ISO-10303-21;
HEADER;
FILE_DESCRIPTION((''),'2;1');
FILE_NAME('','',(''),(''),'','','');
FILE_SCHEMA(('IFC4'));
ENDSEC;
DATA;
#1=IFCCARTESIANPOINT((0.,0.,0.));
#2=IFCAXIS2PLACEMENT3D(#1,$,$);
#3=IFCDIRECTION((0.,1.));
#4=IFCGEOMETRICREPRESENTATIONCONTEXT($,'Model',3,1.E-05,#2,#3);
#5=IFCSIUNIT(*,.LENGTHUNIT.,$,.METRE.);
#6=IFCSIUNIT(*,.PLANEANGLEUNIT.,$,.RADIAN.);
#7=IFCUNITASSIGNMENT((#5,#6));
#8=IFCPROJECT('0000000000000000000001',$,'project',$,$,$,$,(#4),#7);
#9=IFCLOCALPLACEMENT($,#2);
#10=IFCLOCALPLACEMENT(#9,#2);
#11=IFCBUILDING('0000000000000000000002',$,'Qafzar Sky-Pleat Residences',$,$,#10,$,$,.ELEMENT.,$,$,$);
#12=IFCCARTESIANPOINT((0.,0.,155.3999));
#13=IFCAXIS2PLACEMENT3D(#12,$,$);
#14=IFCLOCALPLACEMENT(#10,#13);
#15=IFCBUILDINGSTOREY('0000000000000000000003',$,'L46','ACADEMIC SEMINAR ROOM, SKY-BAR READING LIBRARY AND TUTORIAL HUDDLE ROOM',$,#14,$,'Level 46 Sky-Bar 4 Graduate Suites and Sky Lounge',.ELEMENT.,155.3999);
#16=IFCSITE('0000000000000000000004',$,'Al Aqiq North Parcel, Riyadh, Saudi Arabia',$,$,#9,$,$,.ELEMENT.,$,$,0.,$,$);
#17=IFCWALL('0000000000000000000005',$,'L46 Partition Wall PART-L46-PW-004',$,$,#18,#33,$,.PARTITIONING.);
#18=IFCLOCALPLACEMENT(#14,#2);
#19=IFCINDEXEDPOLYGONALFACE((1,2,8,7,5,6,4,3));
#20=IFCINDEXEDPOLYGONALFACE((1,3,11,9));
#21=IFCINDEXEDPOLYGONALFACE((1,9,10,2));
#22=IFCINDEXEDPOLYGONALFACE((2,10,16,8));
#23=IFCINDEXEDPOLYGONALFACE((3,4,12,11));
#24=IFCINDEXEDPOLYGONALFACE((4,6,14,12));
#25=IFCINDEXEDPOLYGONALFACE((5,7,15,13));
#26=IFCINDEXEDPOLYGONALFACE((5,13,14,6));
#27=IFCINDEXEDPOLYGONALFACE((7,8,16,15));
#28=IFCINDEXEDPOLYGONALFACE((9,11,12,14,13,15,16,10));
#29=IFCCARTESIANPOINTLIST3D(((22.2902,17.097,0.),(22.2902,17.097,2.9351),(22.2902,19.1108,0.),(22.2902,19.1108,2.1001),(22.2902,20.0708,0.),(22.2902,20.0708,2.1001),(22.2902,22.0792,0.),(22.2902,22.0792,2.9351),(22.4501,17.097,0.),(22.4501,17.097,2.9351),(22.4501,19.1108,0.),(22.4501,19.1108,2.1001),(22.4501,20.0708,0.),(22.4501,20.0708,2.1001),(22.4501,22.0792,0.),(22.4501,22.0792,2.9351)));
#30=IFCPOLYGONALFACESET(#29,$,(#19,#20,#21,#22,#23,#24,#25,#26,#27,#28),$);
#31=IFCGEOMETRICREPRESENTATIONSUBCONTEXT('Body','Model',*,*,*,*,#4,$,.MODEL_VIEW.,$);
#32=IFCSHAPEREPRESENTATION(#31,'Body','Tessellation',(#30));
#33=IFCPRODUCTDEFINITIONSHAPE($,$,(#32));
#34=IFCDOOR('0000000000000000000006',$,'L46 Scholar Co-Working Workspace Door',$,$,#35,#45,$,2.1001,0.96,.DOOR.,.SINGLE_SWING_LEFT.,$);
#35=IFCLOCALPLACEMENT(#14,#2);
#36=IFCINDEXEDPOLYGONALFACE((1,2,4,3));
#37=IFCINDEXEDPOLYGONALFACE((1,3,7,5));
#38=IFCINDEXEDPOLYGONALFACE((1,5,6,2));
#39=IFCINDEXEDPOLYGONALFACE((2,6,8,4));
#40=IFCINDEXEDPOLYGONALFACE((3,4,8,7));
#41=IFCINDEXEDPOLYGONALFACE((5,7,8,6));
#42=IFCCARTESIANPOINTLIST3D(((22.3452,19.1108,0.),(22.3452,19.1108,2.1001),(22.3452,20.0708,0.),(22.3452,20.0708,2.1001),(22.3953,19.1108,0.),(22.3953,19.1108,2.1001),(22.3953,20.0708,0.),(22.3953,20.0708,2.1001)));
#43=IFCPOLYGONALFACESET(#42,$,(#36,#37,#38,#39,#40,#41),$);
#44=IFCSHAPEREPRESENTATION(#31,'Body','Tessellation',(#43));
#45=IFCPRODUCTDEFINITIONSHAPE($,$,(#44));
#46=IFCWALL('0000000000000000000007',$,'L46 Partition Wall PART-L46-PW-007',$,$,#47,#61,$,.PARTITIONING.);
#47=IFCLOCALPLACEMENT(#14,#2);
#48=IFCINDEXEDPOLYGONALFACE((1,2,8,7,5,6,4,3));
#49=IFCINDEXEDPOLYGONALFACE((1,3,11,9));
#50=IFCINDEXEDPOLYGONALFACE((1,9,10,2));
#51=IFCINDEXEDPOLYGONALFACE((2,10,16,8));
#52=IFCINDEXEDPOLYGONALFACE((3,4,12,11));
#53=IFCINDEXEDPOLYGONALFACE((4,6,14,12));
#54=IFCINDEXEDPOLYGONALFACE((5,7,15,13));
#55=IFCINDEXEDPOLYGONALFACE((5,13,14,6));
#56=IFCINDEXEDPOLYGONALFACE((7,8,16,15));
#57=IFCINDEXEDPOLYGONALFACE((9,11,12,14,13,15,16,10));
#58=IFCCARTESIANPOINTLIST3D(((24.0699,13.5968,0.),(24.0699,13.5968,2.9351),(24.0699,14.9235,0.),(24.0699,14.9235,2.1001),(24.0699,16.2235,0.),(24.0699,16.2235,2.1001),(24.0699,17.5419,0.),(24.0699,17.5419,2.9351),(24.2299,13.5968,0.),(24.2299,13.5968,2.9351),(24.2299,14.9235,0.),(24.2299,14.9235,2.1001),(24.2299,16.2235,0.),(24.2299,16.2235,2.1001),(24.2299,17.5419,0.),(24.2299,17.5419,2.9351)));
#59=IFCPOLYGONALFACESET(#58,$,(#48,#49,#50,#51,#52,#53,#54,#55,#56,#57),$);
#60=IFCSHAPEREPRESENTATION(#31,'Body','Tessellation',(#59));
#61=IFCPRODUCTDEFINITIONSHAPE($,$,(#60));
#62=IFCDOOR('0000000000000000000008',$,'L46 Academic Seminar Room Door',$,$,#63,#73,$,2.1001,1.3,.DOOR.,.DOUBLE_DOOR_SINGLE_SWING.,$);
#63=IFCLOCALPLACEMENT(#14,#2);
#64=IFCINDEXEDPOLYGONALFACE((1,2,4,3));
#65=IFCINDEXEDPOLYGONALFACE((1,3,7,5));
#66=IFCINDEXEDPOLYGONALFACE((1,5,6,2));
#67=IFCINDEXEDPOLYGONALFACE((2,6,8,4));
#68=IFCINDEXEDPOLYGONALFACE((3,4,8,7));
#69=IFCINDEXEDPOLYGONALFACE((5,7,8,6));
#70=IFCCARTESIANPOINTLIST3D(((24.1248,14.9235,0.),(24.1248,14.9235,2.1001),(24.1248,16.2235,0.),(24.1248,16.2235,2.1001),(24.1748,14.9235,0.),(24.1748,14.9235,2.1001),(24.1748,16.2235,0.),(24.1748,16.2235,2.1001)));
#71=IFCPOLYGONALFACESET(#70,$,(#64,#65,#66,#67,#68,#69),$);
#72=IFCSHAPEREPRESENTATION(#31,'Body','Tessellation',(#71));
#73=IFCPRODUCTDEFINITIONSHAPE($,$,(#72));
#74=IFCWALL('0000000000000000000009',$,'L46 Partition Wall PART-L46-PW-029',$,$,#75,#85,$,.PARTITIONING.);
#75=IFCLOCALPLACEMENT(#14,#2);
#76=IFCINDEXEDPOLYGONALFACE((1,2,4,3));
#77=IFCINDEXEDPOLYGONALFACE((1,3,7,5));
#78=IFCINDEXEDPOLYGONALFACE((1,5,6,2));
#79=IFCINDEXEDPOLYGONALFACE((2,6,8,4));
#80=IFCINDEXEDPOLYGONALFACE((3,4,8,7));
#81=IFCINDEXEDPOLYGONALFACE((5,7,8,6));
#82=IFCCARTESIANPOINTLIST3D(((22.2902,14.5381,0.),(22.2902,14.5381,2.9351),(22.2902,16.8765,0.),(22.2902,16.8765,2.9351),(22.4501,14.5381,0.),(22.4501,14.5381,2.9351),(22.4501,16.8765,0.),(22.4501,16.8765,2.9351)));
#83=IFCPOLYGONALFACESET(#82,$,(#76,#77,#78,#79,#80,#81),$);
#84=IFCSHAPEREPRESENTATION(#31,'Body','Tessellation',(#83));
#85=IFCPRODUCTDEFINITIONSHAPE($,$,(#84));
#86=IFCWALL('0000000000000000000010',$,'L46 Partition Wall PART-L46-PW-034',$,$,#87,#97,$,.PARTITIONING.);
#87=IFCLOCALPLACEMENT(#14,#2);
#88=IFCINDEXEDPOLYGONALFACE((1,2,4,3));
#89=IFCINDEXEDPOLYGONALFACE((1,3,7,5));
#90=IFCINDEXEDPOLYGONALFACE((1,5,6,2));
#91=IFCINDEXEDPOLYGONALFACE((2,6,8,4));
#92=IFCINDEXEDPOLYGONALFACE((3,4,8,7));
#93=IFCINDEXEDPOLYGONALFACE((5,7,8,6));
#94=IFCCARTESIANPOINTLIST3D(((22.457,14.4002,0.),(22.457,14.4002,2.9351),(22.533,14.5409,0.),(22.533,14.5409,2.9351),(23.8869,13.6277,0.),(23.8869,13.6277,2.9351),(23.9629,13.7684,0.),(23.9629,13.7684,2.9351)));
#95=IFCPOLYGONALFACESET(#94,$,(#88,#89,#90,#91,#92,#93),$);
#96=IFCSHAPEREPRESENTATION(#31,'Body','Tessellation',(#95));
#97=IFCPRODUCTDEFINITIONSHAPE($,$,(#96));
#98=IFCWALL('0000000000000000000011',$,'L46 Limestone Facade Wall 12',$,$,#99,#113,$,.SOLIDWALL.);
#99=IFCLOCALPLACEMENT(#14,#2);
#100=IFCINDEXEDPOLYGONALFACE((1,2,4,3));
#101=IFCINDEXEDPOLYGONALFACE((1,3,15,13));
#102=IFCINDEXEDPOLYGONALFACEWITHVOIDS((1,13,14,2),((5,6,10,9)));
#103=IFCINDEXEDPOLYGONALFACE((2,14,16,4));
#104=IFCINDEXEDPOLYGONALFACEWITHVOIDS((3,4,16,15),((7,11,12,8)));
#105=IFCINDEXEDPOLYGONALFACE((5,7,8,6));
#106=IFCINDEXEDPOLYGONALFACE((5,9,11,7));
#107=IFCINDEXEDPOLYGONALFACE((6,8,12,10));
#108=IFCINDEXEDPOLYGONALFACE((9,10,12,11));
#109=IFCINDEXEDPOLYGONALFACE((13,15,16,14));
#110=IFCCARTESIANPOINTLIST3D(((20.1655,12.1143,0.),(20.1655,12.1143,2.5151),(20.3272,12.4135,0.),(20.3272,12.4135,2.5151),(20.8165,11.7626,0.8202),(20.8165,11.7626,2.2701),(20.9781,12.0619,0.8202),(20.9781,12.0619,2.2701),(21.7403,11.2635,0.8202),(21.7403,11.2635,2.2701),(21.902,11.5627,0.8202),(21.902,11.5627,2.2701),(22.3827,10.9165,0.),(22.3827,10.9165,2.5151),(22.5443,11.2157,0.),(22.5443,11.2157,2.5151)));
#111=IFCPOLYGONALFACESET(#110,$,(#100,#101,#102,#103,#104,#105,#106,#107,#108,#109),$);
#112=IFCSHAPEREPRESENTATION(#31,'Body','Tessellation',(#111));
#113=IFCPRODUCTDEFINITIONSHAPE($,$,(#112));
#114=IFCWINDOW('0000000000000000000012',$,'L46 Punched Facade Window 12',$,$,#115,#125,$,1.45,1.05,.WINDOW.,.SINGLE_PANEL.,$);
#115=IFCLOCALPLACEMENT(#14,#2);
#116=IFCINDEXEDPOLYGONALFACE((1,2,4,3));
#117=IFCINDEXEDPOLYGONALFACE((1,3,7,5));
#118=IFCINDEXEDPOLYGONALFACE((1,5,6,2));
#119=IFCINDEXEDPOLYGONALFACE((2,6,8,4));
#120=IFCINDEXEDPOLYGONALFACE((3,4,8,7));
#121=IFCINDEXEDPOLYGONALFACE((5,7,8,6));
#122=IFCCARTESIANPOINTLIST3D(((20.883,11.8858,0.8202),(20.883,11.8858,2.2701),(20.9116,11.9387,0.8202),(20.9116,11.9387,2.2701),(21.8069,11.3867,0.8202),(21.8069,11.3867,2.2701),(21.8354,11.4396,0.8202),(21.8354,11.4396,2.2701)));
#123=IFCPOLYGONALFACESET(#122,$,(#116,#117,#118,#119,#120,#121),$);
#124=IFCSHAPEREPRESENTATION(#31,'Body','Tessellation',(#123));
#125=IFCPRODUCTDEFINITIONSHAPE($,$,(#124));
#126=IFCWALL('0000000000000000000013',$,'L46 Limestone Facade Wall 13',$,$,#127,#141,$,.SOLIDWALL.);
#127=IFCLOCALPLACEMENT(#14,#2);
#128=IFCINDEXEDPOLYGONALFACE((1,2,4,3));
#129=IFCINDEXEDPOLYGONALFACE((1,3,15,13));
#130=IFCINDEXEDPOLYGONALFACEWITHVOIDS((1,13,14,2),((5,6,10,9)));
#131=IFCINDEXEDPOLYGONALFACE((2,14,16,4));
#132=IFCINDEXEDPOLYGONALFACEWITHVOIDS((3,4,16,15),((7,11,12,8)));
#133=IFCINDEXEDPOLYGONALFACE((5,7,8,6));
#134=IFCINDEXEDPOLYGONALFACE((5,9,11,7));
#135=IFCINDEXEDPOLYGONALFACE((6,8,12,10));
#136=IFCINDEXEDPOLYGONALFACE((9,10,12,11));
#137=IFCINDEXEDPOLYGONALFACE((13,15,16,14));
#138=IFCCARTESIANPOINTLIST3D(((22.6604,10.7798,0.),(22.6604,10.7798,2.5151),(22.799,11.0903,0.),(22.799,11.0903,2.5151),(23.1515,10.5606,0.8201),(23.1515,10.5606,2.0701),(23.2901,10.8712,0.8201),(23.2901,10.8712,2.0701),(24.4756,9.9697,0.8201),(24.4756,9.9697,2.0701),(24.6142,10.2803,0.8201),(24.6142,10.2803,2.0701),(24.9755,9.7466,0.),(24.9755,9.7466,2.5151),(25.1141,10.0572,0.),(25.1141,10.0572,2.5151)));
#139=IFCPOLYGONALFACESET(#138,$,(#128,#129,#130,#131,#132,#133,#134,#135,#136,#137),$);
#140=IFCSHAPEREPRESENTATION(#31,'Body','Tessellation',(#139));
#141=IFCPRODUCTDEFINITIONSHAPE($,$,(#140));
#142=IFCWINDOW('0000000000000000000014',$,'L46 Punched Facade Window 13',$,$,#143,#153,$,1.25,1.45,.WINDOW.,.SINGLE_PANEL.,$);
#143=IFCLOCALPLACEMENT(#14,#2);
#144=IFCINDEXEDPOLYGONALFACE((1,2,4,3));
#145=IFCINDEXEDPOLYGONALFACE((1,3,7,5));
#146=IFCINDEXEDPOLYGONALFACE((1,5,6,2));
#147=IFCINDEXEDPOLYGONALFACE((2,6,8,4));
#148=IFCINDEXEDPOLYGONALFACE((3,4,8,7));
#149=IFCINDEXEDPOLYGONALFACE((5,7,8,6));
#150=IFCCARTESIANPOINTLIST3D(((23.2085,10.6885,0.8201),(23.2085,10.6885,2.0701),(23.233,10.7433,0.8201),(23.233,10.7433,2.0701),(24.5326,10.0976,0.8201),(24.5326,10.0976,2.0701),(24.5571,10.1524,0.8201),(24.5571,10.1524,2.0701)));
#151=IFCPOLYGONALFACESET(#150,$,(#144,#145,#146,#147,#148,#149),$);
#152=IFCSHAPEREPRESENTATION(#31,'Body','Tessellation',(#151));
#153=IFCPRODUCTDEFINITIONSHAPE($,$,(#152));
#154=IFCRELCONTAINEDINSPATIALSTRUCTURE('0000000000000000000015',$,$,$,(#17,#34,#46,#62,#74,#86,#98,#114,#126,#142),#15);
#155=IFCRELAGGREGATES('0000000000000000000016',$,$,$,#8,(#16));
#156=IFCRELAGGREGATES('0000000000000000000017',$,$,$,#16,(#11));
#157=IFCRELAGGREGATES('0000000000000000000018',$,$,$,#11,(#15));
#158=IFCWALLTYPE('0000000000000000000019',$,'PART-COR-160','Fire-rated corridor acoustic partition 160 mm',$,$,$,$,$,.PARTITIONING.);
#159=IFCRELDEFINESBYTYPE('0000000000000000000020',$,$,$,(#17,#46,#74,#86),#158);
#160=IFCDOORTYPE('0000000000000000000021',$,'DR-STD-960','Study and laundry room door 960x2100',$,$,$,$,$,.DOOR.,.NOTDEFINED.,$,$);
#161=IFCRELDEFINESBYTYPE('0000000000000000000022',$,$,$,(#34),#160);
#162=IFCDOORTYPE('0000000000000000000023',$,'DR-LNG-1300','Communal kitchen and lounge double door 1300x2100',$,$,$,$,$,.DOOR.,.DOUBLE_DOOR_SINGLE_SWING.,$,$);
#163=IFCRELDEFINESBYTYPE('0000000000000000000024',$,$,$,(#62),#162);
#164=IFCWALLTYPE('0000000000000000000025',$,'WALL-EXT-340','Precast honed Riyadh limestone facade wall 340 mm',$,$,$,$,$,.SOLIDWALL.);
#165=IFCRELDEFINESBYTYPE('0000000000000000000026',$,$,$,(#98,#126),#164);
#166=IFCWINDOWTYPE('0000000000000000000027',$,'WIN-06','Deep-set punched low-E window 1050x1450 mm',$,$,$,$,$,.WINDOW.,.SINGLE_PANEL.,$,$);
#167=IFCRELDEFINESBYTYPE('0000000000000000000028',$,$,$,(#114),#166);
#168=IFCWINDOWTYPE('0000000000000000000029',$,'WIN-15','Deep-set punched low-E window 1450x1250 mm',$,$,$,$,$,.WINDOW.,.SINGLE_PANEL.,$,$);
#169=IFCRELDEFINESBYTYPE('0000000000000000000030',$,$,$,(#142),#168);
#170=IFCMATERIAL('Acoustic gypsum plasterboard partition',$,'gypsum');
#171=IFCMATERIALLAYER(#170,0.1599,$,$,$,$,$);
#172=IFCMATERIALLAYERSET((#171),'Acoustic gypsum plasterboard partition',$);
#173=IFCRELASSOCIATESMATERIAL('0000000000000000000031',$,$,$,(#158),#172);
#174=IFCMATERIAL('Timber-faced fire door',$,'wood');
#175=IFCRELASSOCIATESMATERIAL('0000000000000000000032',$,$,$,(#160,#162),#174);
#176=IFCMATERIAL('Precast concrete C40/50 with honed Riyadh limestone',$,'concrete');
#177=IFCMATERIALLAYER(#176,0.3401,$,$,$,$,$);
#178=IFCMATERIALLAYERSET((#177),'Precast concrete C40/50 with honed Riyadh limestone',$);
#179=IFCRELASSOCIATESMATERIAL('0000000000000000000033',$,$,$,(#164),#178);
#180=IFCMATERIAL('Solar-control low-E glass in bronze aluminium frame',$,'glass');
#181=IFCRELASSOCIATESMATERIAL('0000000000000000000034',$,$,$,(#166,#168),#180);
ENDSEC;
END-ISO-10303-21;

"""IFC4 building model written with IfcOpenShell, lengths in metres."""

from ifc_helpers import new_model, si_unit, direction, frame, frame_2d, origin, place, context, subcontext, project, spatial, rectangle, extrude, source, transform, mapped, material, layer, layer_set, type_object, element, fill, save


model = new_model("IFC4")

# Units and contexts
model_context = context("Model", 3, precision=1e-05, world=origin(), true_north=direction((0.0, 1.0)))
body_context = subcontext(model_context, "Body", "Model", "MODEL_VIEW")
ifc_project = project(units=[si_unit("LENGTHUNIT", "METRE"), si_unit("PLANEANGLEUNIT", "RADIAN")], contexts=[model_context])

# Site, building, storey
site_placement = place(None, origin())
site = spatial("IfcSite", under=ifc_project, at=site_placement, Name="Al Aqiq North Parcel, Riyadh, Saudi Arabia", CompositionType="ELEMENT", RefElevation=0.0)
building_placement = place(site_placement, origin())
building = spatial("IfcBuilding", under=site, at=building_placement, Name="Qafzar Sky-Pleat Residences", CompositionType="ELEMENT")
storey_placement = place(building_placement, frame((0.0, 0.0, 155.3999)))
storey = spatial("IfcBuildingStorey", under=building, at=storey_placement, Name="L46", Description="ACADEMIC SEMINAR ROOM, SKY-BAR READING LIBRARY AND TUTORIAL HUDDLE ROOM", LongName="Level 46 Sky-Bar 4 Graduate Suites and Sky Lounge", CompositionType="ELEMENT", Elevation=155.3999)

# Walls, openings, doors
ifc_material_1 = material(Name="Acoustic gypsum plasterboard partition", Category="gypsum")
ifc_layer_1 = layer(ifc_material_1, 0.1599)
ifc_layer_set_1 = layer_set([ifc_layer_1], Name="Acoustic gypsum plasterboard partition")
wall_type_1 = type_object("IfcWallType", Name="PART-COR-160", Description="Fire-rated corridor acoustic partition 160 mm", PredefinedType="PARTITIONING", material=ifc_layer_set_1)
wall_1_placement = place(storey_placement, frame((22.3701, 17.0969, 0.0), z_axis=(0.0, 0.0, 1.0), x_axis=(0.0, 1.0, 0.0)))
wall_1 = element("IfcWall", 1, at=wall_1_placement, inside=storey, type_object=wall_type_1, Name="L46 Partition Wall PART-L46-PW-004", PredefinedType="PARTITIONING", context=body_context, shape_type="SweptSolid", body=[
    extrude(rectangle(XDim=4.9822, YDim=0.1599, at=frame_2d((2.4912, 0.0))), origin(), (0.0, 0.0, 1.0), 2.9351),
])
opening_1_placement = place(wall_1_placement, frame((2.0139, 0.0, 0.0)))
opening_1 = element("IfcOpeningElement", 2, at=opening_1_placement, cuts=wall_1, PredefinedType="OPENING", context=body_context, shape_type="SweptSolid", body=[
    extrude(rectangle(XDim=0.96, YDim=2.1001, at=frame_2d((0.48, 1.05))), frame((0.0, 0.0898, 0.0), z_axis=(0.0, -1.0, 0.0), x_axis=(1.0, 0.0, 0.0)), (0.0, 0.0, 1.0), 0.1799),
])
ifc_material_2 = material(Name="Timber-faced fire door", Category="wood")
door_type_1 = type_object("IfcDoorType", Name="DR-STD-960", Description="Study and laundry room door 960x2100", OperationType="NOTDEFINED", PredefinedType="DOOR", material=ifc_material_2)
shared_shape_1 = source(origin(), body_context, "Body", "SweptSolid", [
    extrude(rectangle(XDim=0.96, YDim=2.1001, at=frame_2d((0.48, 1.05))), frame((0.0, 0.0249, 0.0), z_axis=(0.0, -1.0, 0.0), x_axis=(1.0, 0.0, 0.0)), (0.0, 0.0, 1.0), 0.05),
])
door_1_placement = place(opening_1_placement, origin())
door_1 = element("IfcDoor", 3, at=door_1_placement, inside=storey, type_object=door_type_1, Name="L46 Scholar Co-Working Workspace Door", OperationType="SINGLE_SWING_LEFT", OverallHeight=2.1001, OverallWidth=0.96, PredefinedType="DOOR", context=body_context, shape_type="MappedRepresentation", body=[
    mapped(shared_shape_1, transform((0.0, 0.0, 0.0), x_axis=(1.0, 0.0, 0.0), y_axis=(0.0, 1.0, 0.0), z_axis=(0.0, 0.0, 1.0), scale=1.0)),
])
fill(opening_1, door_1)
wall_2_placement = place(storey_placement, frame((24.1499, 17.542, 0.0), z_axis=(0.0, 0.0, 1.0), x_axis=(0.0, -1.0, 0.0)))
wall_2 = element("IfcWall", 4, at=wall_2_placement, inside=storey, type_object=wall_type_1, Name="L46 Partition Wall PART-L46-PW-007", PredefinedType="PARTITIONING", context=body_context, shape_type="SweptSolid", body=[
    extrude(rectangle(XDim=3.9451, YDim=0.1599, at=frame_2d((1.9727, 0.0))), origin(), (0.0, 0.0, 1.0), 2.9351),
])
opening_2_placement = place(wall_2_placement, frame((1.3186, 0.0, 0.0)))
opening_2 = element("IfcOpeningElement", 5, at=opening_2_placement, cuts=wall_2, PredefinedType="OPENING", context=body_context, shape_type="SweptSolid", body=[
    extrude(rectangle(XDim=1.3, YDim=2.1001, at=frame_2d((0.6499, 1.05))), frame((0.0, 0.0898, 0.0), z_axis=(0.0, -1.0, 0.0), x_axis=(1.0, 0.0, 0.0)), (0.0, 0.0, 1.0), 0.1799),
])
door_type_2 = type_object("IfcDoorType", Name="DR-LNG-1300", Description="Communal kitchen and lounge double door 1300x2100", OperationType="DOUBLE_DOOR_SINGLE_SWING", PredefinedType="DOOR", material=ifc_material_2)
shared_shape_2 = source(origin(), body_context, "Body", "SweptSolid", [
    extrude(rectangle(XDim=1.3, YDim=2.1001, at=frame_2d((0.6499, 1.05))), frame((0.0, 0.0249, 0.0), z_axis=(0.0, -1.0, 0.0), x_axis=(1.0, 0.0, 0.0)), (0.0, 0.0, 1.0), 0.05),
])
door_2_placement = place(opening_2_placement, origin())
door_2 = element("IfcDoor", 6, at=door_2_placement, inside=storey, type_object=door_type_2, Name="L46 Academic Seminar Room Door", OperationType="DOUBLE_DOOR_SINGLE_SWING", OverallHeight=2.1001, OverallWidth=1.3, PredefinedType="DOOR", context=body_context, shape_type="MappedRepresentation", body=[
    mapped(shared_shape_2, transform((0.0, 0.0, 0.0), x_axis=(1.0, 0.0, 0.0), y_axis=(0.0, 1.0, 0.0), z_axis=(0.0, 0.0, 1.0), scale=1.0)),
])
fill(opening_2, door_2)

# Walls
wall_3_placement = place(storey_placement, frame((22.3701, 14.5381, 0.0), z_axis=(0.0, 0.0, 1.0), x_axis=(0.0, 1.0, 0.0)))
element("IfcWall", 7, at=wall_3_placement, inside=storey, type_object=wall_type_1, Name="L46 Partition Wall PART-L46-PW-029", PredefinedType="PARTITIONING", context=body_context, shape_type="SweptSolid", body=[
    extrude(rectangle(XDim=2.3384, YDim=0.1599, at=frame_2d((1.1692, 0.0))), origin(), (0.0, 0.0, 1.0), 2.9351),
])
wall_4_placement = place(storey_placement, frame((22.4951, 14.4705, 0.0), z_axis=(0.0, 0.0, 1.0), x_axis=(0.879829, -0.475291, 0.0)))
element("IfcWall", 8, at=wall_4_placement, inside=storey, type_object=wall_type_1, Name="L46 Partition Wall PART-L46-PW-034", PredefinedType="PARTITIONING", context=body_context, shape_type="SweptSolid", body=[
    extrude(rectangle(XDim=1.6252, YDim=0.1599, at=frame_2d((0.8125, 0.0))), origin(), (0.0, 0.0, 1.0), 2.9351),
])

# Walls, openings, windows
ifc_material_3 = material(Name="Precast concrete C40/50 with honed Riyadh limestone", Category="concrete")
ifc_layer_2 = layer(ifc_material_3, 0.3401)
ifc_layer_set_2 = layer_set([ifc_layer_2], Name="Precast concrete C40/50 with honed Riyadh limestone")
wall_type_2 = type_object("IfcWallType", Name="WALL-EXT-340", Description="Precast honed Riyadh limestone facade wall 340 mm", PredefinedType="SOLIDWALL", material=ifc_layer_set_2)
wall_5_placement = place(storey_placement, frame((20.2463, 12.2639, 0.0), z_axis=(0.0, 0.0, 1.0), x_axis=(0.879814, -0.475318, 0.0)))
wall_5 = element("IfcWall", 9, at=wall_5_placement, inside=storey, type_object=wall_type_2, Name="L46 Limestone Facade Wall 12", PredefinedType="SOLIDWALL", context=body_context, shape_type="SweptSolid", body=[
    extrude(rectangle(XDim=2.52, YDim=0.3401, at=frame_2d((1.26, 0.0))), origin(), (0.0, 0.0, 1.0), 2.5151),
])
opening_3_placement = place(wall_5_placement, frame((0.74, 0.0, 0.8201)))
opening_3 = element("IfcOpeningElement", 10, at=opening_3_placement, cuts=wall_5, PredefinedType="OPENING", context=body_context, shape_type="SweptSolid", body=[
    extrude(rectangle(XDim=1.05, YDim=1.45, at=frame_2d((0.5249, 0.7251))), frame((0.0, 0.1802, 0.0), z_axis=(0.0, -1.0, 0.0), x_axis=(1.0, 0.0, 0.0)), (0.0, 0.0, 1.0), 0.3601),
])
ifc_material_4 = material(Name="Solar-control low-E glass in bronze aluminium frame", Category="glass")
window_type_1 = type_object("IfcWindowType", Name="WIN-06", Description="Deep-set punched low-E window 1050x1450 mm", PartitioningType="SINGLE_PANEL", PredefinedType="WINDOW", material=ifc_material_4)
shared_shape_3 = source(origin(), body_context, "Body", "SweptSolid", [
    extrude(rectangle(XDim=1.05, YDim=1.45, at=frame_2d((0.5249, 0.7251))), frame((0.0, 0.03, 0.0), z_axis=(0.0, -1.0, 0.0), x_axis=(1.0, 0.0, 0.0)), (0.0, 0.0, 1.0), 0.0601),
])
window_1_placement = place(opening_3_placement, origin())
window_1 = element("IfcWindow", 11, at=window_1_placement, inside=storey, type_object=window_type_1, Name="L46 Punched Facade Window 12", OverallHeight=1.45, OverallWidth=1.05, PartitioningType="SINGLE_PANEL", PredefinedType="WINDOW", context=body_context, shape_type="MappedRepresentation", body=[
    mapped(shared_shape_3, transform((0.0, 0.0, 0.0), x_axis=(1.0, 0.0, 0.0), y_axis=(0.0, 1.0, 0.0), z_axis=(0.0, 0.0, 1.0), scale=1.0)),
])
fill(opening_3, window_1)
wall_6_placement = place(storey_placement, frame((22.7297, 10.9351, 0.0), z_axis=(0.0, 0.0, 1.0), x_axis=(0.913191, -0.407532, 0.0)))
wall_6 = element("IfcWall", 12, at=wall_6_placement, inside=storey, type_object=wall_type_2, Name="L46 Limestone Facade Wall 13", PredefinedType="SOLIDWALL", context=body_context, shape_type="SweptSolid", body=[
    extrude(rectangle(XDim=2.5352, YDim=0.3401, at=frame_2d((1.2676, 0.0))), origin(), (0.0, 0.0, 1.0), 2.5151),
])
opening_4_placement = place(wall_6_placement, frame((0.5376, 0.0, 0.8201)))
opening_4 = element("IfcOpeningElement", 13, at=opening_4_placement, cuts=wall_6, PredefinedType="OPENING", context=body_context, shape_type="SweptSolid", body=[
    extrude(rectangle(XDim=1.45, YDim=1.25, at=frame_2d((0.7251, 0.625))), frame((0.0, 0.1802, 0.0), z_axis=(0.0, -1.0, 0.0), x_axis=(1.0, 0.0, 0.0)), (0.0, 0.0, 1.0), 0.3601),
])
window_type_2 = type_object("IfcWindowType", Name="WIN-15", Description="Deep-set punched low-E window 1450x1250 mm", PartitioningType="SINGLE_PANEL", PredefinedType="WINDOW", material=ifc_material_4)
shared_shape_4 = source(origin(), body_context, "Body", "SweptSolid", [
    extrude(rectangle(XDim=1.45, YDim=1.25, at=frame_2d((0.7251, 0.625))), frame((0.0, 0.03, 0.0), z_axis=(0.0, -1.0, 0.0), x_axis=(1.0, 0.0, 0.0)), (0.0, 0.0, 1.0), 0.0601),
])
window_2_placement = place(opening_4_placement, origin())
window_2 = element("IfcWindow", 14, at=window_2_placement, inside=storey, type_object=window_type_2, Name="L46 Punched Facade Window 13", OverallHeight=1.25, OverallWidth=1.45, PartitioningType="SINGLE_PANEL", PredefinedType="WINDOW", context=body_context, shape_type="MappedRepresentation", body=[
    mapped(shared_shape_4, transform((0.0, 0.0, 0.0), x_axis=(1.0, 0.0, 0.0), y_axis=(0.0, 1.0, 0.0), z_axis=(0.0, 0.0, 1.0), scale=1.0)),
])
fill(opening_4, window_2)

save(model, "model.ifc")
